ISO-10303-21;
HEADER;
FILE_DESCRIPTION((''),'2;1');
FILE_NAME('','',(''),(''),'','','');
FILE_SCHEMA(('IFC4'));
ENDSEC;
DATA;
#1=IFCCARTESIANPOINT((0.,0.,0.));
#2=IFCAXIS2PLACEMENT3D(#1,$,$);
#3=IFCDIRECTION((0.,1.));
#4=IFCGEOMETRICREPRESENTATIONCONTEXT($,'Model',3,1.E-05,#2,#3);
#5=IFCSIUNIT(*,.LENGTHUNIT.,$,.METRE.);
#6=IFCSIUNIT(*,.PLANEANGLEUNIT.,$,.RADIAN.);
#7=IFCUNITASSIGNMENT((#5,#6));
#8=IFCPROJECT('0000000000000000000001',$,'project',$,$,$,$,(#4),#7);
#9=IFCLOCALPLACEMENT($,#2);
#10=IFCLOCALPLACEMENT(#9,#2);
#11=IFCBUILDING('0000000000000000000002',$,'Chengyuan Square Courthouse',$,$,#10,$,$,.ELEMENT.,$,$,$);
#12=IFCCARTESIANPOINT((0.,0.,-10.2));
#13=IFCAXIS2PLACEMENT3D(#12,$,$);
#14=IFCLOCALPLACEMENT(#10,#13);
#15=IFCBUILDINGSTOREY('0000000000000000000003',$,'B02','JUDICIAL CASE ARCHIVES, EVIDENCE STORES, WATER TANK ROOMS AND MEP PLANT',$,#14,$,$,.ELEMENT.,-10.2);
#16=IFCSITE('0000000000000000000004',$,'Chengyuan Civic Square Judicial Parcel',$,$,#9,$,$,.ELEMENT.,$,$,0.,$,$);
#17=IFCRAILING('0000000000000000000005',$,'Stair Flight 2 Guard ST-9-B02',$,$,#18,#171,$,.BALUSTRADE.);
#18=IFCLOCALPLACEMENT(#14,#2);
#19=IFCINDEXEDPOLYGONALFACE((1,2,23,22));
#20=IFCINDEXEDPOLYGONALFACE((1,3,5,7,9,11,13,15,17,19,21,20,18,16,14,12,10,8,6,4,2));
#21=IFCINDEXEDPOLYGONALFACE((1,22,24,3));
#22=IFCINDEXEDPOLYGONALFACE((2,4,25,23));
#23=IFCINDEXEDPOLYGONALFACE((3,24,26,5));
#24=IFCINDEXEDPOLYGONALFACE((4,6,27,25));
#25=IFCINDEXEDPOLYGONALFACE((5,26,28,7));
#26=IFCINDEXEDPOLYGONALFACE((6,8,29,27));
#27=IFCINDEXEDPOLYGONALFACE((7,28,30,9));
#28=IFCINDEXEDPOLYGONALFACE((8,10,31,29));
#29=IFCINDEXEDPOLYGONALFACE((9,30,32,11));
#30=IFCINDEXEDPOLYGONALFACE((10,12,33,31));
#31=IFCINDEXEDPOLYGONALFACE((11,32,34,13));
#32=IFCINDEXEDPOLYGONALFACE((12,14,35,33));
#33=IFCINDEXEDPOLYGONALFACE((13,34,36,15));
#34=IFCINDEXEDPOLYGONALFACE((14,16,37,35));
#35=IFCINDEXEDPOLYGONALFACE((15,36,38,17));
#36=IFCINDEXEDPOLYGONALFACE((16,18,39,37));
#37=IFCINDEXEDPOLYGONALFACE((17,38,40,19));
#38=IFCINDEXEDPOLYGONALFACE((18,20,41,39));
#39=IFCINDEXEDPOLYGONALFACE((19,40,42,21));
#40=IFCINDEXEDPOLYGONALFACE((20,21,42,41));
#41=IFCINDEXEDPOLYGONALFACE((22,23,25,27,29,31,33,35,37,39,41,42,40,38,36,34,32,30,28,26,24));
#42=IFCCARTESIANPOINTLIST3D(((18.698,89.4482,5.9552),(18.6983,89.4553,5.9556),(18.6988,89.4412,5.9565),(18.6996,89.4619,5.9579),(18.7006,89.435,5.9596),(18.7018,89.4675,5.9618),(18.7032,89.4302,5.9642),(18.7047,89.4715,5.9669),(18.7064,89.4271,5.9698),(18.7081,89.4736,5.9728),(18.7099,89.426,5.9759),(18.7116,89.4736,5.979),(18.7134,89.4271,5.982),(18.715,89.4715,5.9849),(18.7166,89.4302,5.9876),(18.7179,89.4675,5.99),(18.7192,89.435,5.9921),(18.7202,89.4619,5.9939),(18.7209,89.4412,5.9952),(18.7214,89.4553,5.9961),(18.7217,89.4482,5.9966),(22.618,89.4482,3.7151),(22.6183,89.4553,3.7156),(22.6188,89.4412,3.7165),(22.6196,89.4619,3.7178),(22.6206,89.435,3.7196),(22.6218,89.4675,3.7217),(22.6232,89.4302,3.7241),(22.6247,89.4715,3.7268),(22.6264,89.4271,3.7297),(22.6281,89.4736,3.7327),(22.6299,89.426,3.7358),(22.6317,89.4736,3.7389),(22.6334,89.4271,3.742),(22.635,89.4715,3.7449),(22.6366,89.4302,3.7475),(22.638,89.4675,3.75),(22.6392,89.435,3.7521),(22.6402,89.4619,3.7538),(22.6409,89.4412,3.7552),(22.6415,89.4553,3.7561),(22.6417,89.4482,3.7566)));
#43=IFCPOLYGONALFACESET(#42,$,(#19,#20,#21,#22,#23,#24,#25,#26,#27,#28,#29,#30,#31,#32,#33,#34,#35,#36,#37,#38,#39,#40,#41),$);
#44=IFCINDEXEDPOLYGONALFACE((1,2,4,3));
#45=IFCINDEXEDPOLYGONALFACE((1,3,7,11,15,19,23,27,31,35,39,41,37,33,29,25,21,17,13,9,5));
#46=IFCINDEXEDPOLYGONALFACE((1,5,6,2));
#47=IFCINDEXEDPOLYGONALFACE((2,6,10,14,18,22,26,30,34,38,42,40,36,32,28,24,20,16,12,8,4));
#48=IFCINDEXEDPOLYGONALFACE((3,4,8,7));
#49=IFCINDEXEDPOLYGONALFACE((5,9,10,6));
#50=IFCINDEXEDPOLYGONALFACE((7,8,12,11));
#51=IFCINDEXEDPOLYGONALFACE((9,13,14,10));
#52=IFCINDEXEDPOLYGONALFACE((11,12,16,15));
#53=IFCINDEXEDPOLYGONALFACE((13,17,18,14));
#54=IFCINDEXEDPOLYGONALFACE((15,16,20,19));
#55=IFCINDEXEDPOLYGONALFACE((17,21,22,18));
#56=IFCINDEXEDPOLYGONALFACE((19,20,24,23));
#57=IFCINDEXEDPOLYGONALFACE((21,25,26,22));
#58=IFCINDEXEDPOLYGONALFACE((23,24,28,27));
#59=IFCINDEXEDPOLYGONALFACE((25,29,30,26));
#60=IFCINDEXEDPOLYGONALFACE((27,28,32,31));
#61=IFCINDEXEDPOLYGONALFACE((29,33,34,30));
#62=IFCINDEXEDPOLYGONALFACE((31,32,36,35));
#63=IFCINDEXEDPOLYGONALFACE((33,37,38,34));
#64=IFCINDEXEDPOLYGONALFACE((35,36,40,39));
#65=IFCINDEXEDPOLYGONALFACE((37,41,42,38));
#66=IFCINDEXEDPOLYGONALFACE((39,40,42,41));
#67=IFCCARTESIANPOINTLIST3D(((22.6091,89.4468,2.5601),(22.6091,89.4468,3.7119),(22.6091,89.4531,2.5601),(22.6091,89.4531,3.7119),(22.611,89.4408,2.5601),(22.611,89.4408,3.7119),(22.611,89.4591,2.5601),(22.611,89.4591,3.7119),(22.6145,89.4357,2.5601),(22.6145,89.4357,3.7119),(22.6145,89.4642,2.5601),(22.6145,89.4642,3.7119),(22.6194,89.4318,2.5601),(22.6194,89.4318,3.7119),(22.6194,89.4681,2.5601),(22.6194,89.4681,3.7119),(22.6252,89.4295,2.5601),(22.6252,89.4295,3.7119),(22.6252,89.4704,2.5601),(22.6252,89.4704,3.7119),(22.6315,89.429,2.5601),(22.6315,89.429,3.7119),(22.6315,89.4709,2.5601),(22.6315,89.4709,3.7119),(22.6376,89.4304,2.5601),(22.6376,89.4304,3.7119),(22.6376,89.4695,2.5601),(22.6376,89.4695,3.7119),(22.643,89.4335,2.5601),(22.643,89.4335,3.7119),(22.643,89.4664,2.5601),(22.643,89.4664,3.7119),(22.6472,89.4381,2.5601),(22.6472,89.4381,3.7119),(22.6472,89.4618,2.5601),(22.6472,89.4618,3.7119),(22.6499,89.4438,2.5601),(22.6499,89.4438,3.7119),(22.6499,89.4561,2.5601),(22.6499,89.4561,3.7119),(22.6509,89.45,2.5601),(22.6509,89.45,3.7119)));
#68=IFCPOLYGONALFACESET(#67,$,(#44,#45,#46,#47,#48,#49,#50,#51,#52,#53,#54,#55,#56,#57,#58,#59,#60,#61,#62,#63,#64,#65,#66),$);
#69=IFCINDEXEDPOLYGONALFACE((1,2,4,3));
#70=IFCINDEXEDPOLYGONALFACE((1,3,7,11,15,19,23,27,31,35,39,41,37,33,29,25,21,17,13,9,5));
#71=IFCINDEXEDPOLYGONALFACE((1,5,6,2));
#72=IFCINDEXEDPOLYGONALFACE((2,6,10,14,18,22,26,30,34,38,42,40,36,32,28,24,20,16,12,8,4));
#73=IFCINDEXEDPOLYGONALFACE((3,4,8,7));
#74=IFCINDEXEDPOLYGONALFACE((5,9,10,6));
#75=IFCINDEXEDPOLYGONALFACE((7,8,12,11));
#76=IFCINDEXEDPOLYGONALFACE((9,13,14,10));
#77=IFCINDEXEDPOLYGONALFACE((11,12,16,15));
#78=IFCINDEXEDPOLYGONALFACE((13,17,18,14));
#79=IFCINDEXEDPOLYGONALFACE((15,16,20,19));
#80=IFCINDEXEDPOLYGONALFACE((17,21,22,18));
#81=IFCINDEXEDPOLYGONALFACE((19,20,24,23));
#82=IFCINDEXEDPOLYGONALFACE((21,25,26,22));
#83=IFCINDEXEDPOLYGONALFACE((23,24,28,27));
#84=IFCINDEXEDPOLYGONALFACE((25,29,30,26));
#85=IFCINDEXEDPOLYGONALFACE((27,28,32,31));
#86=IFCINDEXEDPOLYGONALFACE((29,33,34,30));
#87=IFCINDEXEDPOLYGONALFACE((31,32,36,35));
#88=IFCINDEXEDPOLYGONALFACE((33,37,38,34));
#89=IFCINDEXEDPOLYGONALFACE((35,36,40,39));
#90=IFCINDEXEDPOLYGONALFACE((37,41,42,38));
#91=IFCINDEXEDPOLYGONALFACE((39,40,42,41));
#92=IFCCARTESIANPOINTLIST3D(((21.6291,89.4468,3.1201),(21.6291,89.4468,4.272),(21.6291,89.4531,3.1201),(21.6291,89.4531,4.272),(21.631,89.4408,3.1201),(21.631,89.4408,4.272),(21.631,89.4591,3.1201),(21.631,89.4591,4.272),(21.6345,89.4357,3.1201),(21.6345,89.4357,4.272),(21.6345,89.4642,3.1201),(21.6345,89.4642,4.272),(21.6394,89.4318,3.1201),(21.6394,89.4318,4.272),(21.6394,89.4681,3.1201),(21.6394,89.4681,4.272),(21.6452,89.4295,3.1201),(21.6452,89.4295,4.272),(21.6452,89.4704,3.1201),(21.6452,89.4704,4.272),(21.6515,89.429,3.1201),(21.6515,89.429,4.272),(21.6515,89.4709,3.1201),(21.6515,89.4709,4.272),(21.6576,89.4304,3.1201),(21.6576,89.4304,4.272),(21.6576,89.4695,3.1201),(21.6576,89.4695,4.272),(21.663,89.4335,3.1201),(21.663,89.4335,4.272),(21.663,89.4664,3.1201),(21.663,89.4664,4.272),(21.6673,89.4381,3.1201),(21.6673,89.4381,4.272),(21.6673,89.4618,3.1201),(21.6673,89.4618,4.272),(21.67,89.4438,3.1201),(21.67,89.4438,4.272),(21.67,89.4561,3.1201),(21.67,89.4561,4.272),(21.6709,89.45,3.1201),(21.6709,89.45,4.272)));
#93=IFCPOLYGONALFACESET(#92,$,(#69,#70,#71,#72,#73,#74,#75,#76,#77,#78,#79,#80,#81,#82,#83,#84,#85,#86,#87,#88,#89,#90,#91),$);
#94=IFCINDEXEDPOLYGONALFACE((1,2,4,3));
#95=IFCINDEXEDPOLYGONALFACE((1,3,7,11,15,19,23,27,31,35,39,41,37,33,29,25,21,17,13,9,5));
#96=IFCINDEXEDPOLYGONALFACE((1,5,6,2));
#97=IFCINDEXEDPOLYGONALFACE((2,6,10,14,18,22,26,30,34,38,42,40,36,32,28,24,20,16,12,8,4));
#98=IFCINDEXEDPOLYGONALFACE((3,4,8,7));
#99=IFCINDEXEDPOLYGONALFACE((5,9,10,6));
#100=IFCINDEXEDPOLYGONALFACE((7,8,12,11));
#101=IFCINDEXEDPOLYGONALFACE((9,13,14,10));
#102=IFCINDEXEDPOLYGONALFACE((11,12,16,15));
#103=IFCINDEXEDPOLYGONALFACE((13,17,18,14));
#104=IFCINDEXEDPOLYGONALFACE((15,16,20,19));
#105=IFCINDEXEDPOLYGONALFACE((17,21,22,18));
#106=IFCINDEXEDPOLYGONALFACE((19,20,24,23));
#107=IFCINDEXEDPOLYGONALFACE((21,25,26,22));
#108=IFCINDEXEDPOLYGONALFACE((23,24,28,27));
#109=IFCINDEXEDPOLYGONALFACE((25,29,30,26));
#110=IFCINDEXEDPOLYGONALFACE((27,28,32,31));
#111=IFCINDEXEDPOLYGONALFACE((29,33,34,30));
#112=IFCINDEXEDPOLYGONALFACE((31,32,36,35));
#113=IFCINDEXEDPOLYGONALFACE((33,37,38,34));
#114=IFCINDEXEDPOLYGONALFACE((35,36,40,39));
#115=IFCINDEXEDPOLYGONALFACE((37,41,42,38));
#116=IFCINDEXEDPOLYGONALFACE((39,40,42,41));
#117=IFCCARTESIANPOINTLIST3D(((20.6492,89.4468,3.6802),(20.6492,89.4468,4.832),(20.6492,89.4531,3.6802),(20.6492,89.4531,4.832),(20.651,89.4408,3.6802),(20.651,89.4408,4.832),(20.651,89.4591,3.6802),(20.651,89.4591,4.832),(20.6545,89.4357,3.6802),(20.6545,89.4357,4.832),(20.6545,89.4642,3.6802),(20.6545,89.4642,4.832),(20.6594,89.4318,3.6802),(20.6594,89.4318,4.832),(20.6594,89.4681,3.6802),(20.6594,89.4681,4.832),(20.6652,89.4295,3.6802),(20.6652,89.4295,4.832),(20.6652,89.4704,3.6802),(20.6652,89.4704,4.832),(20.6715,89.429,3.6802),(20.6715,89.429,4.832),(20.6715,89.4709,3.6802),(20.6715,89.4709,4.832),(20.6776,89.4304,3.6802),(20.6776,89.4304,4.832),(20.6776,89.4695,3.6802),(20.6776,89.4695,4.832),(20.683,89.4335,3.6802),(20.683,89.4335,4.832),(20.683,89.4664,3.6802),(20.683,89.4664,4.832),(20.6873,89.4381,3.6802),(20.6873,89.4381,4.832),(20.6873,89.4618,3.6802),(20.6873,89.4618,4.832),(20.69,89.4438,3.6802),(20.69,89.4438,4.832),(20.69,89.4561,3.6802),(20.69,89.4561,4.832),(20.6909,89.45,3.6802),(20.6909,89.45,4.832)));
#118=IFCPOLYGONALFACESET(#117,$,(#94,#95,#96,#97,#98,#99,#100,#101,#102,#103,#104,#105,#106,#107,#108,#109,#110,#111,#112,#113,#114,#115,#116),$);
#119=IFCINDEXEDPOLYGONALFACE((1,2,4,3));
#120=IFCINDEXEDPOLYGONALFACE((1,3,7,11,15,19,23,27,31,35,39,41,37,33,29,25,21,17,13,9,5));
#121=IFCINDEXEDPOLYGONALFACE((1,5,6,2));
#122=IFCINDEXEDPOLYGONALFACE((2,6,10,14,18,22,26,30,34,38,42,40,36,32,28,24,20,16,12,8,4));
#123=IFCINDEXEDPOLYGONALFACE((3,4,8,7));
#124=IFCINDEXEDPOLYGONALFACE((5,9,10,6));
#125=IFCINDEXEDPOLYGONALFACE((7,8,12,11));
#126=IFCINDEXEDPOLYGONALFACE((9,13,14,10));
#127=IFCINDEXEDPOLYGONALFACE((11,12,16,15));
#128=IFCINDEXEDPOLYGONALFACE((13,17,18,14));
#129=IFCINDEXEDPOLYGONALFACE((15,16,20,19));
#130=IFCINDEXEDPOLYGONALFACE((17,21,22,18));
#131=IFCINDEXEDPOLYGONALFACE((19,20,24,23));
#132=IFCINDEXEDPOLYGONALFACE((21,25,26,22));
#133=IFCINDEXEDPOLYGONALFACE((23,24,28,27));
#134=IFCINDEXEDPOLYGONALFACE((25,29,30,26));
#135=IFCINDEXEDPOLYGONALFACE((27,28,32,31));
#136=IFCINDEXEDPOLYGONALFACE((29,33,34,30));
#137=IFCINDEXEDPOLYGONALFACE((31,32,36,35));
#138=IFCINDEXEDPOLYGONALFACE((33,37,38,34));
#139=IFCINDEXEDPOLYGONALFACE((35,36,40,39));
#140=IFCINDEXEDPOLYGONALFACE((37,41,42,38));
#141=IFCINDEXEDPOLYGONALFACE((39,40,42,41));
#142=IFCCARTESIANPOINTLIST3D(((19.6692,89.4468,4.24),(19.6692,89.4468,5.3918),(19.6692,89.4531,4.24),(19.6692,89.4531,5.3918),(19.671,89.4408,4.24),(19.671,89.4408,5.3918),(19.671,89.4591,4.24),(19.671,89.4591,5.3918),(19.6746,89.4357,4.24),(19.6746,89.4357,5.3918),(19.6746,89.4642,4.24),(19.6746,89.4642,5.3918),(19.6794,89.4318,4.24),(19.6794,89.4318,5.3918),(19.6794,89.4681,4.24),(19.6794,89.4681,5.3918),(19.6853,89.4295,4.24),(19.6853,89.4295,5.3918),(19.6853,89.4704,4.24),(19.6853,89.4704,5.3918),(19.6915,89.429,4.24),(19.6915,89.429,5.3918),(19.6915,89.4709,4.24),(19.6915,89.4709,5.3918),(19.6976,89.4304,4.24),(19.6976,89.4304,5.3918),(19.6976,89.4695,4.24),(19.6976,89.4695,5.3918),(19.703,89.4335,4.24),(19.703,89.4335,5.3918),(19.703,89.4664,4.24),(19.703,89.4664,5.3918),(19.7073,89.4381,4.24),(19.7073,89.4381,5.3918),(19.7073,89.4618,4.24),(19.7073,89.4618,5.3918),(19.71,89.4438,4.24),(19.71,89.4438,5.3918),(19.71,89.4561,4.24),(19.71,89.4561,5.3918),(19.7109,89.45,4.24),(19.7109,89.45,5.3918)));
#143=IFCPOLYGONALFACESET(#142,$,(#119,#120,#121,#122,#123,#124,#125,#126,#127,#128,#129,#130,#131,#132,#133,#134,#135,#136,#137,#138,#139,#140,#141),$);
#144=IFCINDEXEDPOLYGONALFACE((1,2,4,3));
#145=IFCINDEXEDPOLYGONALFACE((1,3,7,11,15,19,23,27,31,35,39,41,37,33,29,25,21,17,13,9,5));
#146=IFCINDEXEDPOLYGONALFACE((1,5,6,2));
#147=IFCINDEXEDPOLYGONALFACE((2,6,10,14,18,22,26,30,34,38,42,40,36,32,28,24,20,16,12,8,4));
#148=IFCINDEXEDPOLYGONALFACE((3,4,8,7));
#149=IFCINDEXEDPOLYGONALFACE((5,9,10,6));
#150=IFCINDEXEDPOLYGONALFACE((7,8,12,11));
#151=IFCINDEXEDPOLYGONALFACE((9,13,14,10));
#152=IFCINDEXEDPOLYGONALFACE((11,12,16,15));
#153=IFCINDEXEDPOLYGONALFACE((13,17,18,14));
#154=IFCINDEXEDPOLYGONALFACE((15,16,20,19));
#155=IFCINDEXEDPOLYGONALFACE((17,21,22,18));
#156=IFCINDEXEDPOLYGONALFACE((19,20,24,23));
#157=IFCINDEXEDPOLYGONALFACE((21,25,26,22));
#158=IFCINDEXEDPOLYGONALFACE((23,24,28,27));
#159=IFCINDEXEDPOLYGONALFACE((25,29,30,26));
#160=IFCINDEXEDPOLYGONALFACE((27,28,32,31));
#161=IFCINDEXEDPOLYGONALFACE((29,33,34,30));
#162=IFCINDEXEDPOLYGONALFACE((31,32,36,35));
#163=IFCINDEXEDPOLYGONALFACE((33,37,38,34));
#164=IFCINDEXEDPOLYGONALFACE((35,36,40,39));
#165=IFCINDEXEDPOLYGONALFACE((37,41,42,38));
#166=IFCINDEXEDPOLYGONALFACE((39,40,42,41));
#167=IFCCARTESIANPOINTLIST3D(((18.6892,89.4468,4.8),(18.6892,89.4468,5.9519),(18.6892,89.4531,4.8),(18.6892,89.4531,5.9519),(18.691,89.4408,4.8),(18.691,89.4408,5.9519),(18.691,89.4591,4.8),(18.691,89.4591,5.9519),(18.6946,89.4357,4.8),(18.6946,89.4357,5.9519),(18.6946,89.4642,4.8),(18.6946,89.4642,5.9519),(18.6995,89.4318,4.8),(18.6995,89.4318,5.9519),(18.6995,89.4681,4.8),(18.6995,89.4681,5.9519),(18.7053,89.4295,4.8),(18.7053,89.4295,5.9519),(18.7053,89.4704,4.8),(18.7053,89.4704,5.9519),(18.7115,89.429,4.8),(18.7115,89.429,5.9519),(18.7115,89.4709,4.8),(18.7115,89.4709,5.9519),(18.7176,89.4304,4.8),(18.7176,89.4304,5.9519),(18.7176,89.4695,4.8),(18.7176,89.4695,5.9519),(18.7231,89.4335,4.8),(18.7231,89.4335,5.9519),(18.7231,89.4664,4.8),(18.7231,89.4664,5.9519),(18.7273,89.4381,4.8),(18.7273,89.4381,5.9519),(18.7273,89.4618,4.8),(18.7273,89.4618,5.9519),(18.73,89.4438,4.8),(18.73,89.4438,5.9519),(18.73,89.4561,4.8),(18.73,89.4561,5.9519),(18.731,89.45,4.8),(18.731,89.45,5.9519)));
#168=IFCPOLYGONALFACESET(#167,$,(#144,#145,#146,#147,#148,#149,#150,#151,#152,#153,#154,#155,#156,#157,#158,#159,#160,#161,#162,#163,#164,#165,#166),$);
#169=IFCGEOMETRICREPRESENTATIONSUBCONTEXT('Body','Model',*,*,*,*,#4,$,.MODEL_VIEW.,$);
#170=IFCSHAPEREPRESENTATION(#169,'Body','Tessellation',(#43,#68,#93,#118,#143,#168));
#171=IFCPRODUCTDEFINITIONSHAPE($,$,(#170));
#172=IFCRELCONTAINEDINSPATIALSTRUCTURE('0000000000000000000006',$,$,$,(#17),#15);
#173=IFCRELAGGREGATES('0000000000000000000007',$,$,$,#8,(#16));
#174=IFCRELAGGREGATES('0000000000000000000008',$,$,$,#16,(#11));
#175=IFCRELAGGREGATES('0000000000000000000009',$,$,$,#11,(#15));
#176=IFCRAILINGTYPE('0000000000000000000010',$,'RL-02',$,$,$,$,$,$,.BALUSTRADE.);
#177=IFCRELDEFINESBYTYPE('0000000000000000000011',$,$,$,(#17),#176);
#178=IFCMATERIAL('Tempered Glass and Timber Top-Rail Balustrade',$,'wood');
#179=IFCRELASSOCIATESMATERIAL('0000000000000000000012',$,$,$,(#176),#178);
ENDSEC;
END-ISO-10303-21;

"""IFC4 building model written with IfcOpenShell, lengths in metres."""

from ifc_helpers import new_model, si_unit, direction, frame, origin, origin_2d, place, context, subcontext, project, spatial, circle, extrude, material, type_object, element, save


model = new_model("IFC4")

# Units and contexts
model_context = context("Model", 3, precision=1e-05, world=origin(), true_north=direction((0.0, 1.0)))
body_context = subcontext(model_context, "Body", "Model", "MODEL_VIEW")
ifc_project = project(units=[si_unit("LENGTHUNIT", "METRE"), si_unit("PLANEANGLEUNIT", "RADIAN")], contexts=[model_context])

# Site, building, storey
site_placement = place(None, origin())
site = spatial("IfcSite", under=ifc_project, at=site_placement, Name="Chengyuan Civic Square Judicial Parcel", CompositionType="ELEMENT", RefElevation=0.0)
building_placement = place(site_placement, origin())
building = spatial("IfcBuilding", under=site, at=building_placement, Name="Chengyuan Square Courthouse", CompositionType="ELEMENT")
storey_placement = place(building_placement, frame((0.0, 0.0, -10.2)))
storey = spatial("IfcBuildingStorey", under=building, at=storey_placement, Name="B02", Description="JUDICIAL CASE ARCHIVES, EVIDENCE STORES, WATER TANK ROOMS AND MEP PLANT", CompositionType="ELEMENT", Elevation=-10.2)

# Railing
ifc_material_1 = material(Name="Tempered Glass and Timber Top-Rail Balustrade", Category="wood")
railing_type_1 = type_object("IfcRailingType", Name="RL-02", PredefinedType="BALUSTRADE", material=ifc_material_1)
railing_1_placement = place(storey_placement, frame((22.6299, 89.45, 2.5601)))
element("IfcRailing", 1, at=railing_1_placement, inside=storey, type_object=railing_type_1, Name="Stair Flight 2 Guard ST-9-B02", PredefinedType="BALUSTRADE", context=body_context, shape_type="SweptSolid", body=[
    extrude(circle(Radius=0.0239, at=origin_2d()), frame((0.0, 0.0, 1.1758), z_axis=(-0.86824, 0.0, 0.496145), x_axis=(0.0, -1.0, 0.0)), (0.0, 0.0, 1.0), 4.5149),
    extrude(circle(Radius=0.021, at=origin_2d()), origin(), (0.0, 0.0, 1.0), 1.1519),
    extrude(circle(Radius=0.021, at=origin_2d()), frame((-0.98, 0.0, 0.5601)), (0.0, 0.0, 1.0), 1.1519),
    extrude(circle(Radius=0.021, at=origin_2d()), frame((-1.96, 0.0, 1.1201)), (0.0, 0.0, 1.0), 1.1519),
    extrude(circle(Radius=0.021, at=origin_2d()), frame((-2.9399, 0.0, 1.6799)), (0.0, 0.0, 1.0), 1.1519),
    extrude(circle(Radius=0.021, at=origin_2d()), frame((-3.9199, 0.0, 2.24)), (0.0, 0.0, 1.0), 1.1519),
])

save(model, "model.ifc")
